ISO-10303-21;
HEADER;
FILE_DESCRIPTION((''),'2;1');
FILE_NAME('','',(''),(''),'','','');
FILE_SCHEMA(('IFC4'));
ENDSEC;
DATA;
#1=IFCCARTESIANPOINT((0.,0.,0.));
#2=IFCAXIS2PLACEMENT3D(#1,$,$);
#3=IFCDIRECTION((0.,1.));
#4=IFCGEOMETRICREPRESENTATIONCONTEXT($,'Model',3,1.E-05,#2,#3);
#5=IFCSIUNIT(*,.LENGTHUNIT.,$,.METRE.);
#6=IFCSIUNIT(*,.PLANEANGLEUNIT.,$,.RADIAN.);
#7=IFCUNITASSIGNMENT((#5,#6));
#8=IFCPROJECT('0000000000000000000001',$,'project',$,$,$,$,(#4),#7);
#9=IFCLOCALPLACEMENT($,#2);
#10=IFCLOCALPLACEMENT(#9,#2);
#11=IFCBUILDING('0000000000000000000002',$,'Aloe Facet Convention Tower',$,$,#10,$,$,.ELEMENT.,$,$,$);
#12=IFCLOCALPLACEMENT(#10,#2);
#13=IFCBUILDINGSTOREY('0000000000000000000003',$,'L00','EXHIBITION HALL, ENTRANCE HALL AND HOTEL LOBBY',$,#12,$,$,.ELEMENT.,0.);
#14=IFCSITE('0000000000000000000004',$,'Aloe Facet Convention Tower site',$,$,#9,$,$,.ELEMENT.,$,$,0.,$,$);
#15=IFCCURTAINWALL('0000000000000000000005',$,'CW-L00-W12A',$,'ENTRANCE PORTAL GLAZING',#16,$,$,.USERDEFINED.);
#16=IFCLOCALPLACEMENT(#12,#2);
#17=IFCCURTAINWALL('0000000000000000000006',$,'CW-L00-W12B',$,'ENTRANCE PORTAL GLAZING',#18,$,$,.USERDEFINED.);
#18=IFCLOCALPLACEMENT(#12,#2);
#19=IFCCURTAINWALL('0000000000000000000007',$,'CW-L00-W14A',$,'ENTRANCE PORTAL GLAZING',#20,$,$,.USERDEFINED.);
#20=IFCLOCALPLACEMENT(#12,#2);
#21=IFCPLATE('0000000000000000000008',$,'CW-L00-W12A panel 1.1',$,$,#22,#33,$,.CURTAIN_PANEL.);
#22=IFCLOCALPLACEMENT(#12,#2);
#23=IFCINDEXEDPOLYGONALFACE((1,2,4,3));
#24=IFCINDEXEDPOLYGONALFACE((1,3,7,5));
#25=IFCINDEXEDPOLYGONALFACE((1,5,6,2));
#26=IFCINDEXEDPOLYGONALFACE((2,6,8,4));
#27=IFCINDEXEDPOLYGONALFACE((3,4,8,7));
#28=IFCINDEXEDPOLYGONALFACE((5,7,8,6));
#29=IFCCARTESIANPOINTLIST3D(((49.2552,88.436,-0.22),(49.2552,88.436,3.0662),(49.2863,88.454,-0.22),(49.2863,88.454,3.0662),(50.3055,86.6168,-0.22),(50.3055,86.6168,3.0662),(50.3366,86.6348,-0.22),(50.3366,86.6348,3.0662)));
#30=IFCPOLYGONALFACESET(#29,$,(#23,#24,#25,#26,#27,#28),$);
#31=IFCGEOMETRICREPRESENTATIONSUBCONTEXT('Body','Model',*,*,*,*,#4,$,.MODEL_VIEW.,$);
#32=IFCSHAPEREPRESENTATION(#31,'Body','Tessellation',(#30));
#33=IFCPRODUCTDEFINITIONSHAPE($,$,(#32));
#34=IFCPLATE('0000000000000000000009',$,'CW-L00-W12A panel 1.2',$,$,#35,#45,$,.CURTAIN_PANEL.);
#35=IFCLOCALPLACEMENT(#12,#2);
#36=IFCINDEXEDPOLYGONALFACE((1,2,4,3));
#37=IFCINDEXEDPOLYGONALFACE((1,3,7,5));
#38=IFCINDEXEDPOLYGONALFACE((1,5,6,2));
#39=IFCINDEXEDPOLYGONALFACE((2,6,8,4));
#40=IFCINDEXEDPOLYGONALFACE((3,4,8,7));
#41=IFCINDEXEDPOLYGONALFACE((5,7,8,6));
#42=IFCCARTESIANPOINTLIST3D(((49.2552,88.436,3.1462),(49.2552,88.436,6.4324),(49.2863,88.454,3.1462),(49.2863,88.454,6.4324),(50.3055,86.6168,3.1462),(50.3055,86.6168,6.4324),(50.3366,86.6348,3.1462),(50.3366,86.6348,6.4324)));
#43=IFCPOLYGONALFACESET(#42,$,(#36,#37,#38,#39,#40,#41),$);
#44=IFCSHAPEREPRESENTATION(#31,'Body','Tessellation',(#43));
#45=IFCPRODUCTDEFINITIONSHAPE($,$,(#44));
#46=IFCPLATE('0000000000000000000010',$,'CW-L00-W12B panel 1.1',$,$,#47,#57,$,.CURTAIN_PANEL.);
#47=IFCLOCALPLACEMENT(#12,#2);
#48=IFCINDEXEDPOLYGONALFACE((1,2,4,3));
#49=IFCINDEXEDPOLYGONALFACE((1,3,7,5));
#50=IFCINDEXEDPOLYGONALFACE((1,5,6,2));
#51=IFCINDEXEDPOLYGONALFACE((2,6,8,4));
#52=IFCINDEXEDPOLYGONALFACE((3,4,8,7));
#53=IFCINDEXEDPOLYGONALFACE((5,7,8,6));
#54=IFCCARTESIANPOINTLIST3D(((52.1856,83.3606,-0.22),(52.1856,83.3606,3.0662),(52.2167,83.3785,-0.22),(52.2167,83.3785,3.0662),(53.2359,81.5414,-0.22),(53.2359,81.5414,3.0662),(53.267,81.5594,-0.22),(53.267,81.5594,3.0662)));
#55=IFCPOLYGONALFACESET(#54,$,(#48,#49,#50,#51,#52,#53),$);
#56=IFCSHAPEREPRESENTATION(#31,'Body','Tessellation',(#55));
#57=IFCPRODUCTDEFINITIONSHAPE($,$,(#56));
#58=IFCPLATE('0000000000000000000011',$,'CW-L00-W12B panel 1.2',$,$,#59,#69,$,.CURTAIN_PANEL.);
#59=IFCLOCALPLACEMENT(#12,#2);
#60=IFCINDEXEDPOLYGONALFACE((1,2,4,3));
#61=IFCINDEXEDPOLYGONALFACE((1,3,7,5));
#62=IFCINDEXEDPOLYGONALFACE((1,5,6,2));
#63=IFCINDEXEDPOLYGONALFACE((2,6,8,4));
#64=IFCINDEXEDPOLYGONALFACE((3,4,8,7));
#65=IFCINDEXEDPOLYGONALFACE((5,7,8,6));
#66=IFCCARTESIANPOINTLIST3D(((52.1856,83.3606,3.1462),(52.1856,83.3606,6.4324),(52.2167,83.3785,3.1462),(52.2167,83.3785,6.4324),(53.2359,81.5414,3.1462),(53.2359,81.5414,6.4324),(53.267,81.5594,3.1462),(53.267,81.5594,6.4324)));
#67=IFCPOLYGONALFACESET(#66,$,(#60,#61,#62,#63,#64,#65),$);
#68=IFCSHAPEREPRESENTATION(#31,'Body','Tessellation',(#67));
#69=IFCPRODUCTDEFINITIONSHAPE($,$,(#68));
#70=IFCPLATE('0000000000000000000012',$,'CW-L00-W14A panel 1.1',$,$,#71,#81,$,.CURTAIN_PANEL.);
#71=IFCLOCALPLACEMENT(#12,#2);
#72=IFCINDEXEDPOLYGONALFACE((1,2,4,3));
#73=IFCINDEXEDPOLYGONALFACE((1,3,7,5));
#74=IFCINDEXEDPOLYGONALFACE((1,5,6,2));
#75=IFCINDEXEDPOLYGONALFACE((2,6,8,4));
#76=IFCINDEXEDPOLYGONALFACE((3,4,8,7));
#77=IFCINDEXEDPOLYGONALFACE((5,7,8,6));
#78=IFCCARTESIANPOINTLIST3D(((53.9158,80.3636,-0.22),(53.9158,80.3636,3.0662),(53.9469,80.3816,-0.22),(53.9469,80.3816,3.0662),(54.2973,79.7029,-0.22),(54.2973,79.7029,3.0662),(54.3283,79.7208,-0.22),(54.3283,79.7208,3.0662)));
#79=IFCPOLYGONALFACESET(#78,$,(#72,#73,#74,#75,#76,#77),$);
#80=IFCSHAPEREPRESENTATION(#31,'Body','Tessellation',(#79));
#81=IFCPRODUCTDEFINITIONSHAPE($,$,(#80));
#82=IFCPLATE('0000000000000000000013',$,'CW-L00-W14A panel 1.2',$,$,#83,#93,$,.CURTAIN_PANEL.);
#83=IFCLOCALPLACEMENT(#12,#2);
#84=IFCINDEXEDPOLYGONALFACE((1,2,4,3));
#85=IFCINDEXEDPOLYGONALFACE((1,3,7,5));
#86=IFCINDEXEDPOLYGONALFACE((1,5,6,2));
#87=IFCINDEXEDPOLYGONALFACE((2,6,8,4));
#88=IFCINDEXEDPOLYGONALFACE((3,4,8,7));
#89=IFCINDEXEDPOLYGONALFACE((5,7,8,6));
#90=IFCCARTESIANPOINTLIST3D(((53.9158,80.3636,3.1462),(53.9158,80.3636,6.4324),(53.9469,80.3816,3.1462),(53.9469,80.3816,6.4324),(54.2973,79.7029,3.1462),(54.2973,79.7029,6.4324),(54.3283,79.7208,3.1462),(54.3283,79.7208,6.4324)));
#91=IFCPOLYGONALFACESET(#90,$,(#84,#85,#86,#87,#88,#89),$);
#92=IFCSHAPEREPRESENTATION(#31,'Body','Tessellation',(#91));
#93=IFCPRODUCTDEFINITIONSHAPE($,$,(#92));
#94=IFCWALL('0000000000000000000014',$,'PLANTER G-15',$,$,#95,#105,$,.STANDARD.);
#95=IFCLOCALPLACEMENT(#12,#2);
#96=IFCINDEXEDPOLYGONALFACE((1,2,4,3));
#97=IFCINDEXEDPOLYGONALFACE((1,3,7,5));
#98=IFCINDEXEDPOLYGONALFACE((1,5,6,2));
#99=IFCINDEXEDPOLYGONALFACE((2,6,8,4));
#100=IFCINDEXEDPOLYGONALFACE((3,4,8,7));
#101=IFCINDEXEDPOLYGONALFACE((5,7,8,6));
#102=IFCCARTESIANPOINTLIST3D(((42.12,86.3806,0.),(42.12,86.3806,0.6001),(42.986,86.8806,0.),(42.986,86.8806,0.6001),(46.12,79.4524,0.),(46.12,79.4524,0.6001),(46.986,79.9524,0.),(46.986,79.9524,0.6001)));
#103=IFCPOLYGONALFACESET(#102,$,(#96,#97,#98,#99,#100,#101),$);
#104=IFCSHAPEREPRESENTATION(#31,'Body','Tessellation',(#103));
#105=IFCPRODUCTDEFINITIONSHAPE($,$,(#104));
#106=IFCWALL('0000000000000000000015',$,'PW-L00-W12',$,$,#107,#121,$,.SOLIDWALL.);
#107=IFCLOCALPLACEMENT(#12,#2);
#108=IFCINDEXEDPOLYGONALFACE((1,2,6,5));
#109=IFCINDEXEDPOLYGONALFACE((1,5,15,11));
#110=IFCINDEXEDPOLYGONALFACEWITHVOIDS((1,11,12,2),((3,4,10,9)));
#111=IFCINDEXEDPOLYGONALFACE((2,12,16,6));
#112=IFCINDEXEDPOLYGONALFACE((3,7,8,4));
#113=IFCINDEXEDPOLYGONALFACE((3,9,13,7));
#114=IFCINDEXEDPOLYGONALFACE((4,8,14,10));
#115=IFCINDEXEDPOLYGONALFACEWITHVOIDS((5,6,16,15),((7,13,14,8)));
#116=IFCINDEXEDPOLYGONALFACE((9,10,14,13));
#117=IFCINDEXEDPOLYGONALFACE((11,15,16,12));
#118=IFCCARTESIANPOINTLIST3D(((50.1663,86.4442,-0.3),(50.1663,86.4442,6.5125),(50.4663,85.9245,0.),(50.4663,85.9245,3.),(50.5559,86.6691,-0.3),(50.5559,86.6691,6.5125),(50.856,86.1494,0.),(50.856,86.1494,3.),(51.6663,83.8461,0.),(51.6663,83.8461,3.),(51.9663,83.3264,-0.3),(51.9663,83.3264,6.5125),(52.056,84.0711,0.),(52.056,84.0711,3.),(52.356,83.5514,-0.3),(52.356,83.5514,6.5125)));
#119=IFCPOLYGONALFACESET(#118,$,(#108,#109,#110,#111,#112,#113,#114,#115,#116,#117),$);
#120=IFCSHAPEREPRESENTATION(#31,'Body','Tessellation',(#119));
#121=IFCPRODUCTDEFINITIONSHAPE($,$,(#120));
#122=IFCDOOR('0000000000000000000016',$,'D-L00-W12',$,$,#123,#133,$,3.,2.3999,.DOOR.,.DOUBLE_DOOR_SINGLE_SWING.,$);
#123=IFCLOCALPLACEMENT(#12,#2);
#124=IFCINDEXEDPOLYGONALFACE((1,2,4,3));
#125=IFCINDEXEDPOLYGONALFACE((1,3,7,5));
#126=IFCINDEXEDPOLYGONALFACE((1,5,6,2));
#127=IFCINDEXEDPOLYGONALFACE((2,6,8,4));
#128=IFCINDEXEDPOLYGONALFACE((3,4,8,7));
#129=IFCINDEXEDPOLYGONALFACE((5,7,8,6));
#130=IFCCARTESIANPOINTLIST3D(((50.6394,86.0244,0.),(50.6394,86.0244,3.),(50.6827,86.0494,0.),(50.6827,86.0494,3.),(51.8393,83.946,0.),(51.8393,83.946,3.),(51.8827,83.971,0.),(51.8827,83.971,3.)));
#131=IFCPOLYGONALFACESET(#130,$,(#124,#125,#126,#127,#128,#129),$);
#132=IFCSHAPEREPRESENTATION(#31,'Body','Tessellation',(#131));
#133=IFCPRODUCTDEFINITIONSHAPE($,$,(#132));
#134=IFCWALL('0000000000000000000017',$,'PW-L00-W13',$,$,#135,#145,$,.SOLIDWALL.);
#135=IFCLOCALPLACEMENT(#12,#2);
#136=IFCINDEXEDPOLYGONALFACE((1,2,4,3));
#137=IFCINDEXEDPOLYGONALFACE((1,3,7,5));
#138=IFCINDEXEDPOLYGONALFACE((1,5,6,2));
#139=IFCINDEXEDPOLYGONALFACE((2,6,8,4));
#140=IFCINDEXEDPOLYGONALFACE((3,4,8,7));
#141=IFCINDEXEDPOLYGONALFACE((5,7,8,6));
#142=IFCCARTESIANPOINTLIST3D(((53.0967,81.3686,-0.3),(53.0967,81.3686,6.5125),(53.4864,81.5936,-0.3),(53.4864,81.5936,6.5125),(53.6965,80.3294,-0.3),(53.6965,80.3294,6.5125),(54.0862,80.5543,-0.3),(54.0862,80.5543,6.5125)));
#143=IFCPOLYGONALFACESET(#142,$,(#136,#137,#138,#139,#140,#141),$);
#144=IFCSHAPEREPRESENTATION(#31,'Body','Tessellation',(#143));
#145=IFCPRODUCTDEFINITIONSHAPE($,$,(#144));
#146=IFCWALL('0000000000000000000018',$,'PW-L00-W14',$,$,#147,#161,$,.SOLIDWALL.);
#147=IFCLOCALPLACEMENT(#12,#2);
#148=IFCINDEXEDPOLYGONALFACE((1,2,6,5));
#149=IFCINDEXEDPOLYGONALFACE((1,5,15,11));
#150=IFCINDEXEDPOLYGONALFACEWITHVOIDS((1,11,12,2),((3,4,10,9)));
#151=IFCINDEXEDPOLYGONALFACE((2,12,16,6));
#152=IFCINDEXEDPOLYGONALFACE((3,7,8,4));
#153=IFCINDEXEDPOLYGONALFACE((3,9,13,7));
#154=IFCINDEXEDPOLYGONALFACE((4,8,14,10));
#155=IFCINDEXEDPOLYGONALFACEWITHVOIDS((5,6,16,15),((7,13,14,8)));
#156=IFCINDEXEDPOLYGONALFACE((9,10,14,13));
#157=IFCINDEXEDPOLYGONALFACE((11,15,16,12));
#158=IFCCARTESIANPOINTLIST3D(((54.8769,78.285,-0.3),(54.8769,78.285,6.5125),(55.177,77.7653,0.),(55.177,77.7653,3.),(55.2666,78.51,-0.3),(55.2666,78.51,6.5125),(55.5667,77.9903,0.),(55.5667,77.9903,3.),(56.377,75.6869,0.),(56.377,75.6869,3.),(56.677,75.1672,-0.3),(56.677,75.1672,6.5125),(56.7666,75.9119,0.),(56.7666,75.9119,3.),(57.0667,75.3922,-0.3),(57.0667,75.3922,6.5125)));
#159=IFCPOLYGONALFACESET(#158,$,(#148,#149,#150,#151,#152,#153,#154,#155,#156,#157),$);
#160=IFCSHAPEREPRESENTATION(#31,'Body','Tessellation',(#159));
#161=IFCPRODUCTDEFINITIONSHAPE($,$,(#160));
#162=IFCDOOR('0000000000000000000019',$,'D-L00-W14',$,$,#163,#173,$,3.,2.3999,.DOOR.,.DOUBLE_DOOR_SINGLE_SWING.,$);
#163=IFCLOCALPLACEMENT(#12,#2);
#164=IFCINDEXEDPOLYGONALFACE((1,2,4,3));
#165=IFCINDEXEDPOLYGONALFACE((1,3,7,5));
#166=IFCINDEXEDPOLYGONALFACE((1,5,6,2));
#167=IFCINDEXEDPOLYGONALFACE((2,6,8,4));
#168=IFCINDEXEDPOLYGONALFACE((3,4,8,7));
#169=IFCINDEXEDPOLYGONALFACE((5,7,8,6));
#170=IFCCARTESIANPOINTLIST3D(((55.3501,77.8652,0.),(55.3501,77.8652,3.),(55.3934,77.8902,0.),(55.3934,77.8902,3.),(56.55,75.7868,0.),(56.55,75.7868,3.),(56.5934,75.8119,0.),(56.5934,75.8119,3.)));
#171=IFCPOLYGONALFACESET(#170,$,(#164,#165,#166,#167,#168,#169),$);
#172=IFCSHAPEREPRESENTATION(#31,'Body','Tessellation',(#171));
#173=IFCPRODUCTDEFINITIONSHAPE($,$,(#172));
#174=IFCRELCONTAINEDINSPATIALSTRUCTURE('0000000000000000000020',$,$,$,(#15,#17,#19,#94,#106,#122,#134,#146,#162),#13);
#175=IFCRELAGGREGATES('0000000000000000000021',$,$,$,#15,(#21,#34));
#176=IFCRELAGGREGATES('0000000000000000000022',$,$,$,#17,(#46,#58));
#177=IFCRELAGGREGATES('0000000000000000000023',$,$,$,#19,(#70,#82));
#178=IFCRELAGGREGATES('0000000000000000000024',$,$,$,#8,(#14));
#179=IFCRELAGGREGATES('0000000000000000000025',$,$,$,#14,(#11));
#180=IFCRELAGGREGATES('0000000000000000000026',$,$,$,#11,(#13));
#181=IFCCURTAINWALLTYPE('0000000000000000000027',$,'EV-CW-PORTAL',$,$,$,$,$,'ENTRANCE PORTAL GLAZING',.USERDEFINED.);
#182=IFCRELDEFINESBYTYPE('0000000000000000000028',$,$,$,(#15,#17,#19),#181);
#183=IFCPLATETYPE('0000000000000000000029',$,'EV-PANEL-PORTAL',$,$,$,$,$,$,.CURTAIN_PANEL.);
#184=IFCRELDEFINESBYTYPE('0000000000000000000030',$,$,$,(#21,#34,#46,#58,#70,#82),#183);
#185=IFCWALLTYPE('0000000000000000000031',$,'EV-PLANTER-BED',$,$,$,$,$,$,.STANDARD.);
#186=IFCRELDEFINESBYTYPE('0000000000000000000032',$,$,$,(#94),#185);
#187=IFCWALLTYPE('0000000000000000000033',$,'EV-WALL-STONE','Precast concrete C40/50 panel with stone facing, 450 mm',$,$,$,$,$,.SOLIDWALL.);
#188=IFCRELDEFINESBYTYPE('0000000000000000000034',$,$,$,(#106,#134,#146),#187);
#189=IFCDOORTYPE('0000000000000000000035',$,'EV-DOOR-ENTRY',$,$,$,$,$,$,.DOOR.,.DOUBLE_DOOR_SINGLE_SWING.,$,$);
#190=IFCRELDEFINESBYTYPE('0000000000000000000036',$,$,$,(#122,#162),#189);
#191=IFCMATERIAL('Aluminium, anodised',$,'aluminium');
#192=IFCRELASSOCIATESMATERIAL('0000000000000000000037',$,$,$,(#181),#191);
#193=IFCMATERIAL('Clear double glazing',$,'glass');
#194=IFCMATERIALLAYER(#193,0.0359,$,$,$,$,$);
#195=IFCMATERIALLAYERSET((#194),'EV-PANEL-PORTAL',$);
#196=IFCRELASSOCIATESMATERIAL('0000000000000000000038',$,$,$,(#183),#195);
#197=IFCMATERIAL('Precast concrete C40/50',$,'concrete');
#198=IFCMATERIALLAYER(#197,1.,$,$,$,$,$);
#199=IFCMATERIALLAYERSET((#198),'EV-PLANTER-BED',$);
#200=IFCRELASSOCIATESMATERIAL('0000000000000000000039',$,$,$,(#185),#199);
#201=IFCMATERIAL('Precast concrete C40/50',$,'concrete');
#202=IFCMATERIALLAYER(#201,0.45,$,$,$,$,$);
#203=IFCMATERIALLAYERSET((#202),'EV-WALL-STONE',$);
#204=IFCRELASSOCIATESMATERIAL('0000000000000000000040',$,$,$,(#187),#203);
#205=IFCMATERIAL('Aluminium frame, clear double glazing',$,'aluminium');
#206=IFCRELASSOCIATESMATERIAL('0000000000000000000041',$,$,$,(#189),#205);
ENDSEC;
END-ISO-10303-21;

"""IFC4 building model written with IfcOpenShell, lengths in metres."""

from ifc_helpers import new_model, si_unit, direction, frame, frame_2d, origin, origin_2d, place, context, subcontext, project, spatial, rectangle, extrude, material, layer, layer_set, type_object, element, fill, aggregate, save


model = new_model("IFC4")

# Units and contexts
model_context = context("Model", 3, precision=1e-05, world=origin(), true_north=direction((0.0, 1.0)))
body_context = subcontext(model_context, "Body", "Model", "MODEL_VIEW")
ifc_project = project(units=[si_unit("LENGTHUNIT", "METRE"), si_unit("PLANEANGLEUNIT", "RADIAN")], contexts=[model_context])

# Site, building, storey
site_placement = place(None, origin())
site = spatial("IfcSite", under=ifc_project, at=site_placement, Name="Aloe Facet Convention Tower site", CompositionType="ELEMENT", RefElevation=0.0)
building_placement = place(site_placement, origin())
building = spatial("IfcBuilding", under=site, at=building_placement, Name="Aloe Facet Convention Tower", CompositionType="ELEMENT")
storey_placement = place(building_placement, origin())
storey = spatial("IfcBuildingStorey", under=building, at=storey_placement, Name="L00", Description="EXHIBITION HALL, ENTRANCE HALL AND HOTEL LOBBY", CompositionType="ELEMENT", Elevation=0.0)

# Curtain wall
ifc_material_1 = material(Name="Aluminium, anodised", Category="aluminium")
curtain_wall_type = type_object("IfcCurtainWallType", Name="EV-CW-PORTAL", ElementType="ENTRANCE PORTAL GLAZING", PredefinedType="USERDEFINED", material=ifc_material_1)
curtain_wall_1_placement = place(storey_placement, origin())
curtain_wall_1 = element("IfcCurtainWall", 1, at=curtain_wall_1_placement, inside=storey, type_object=curtain_wall_type, Name="CW-L00-W12A", ObjectType="ENTRANCE PORTAL GLAZING", PredefinedType="USERDEFINED")

# Curtain walls
curtain_wall_2_placement = place(storey_placement, origin())
curtain_wall_2 = element("IfcCurtainWall", 2, at=curtain_wall_2_placement, inside=storey, type_object=curtain_wall_type, Name="CW-L00-W12B", ObjectType="ENTRANCE PORTAL GLAZING", PredefinedType="USERDEFINED")
curtain_wall_3_placement = place(storey_placement, origin())
curtain_wall_3 = element("IfcCurtainWall", 3, at=curtain_wall_3_placement, inside=storey, type_object=curtain_wall_type, Name="CW-L00-W14A", ObjectType="ENTRANCE PORTAL GLAZING", PredefinedType="USERDEFINED")

# Plates
ifc_material_2 = material(Name="Clear double glazing", Category="glass")
ifc_layer_1 = layer(ifc_material_2, 0.0359)
ifc_layer_set_1 = layer_set([ifc_layer_1], Name="EV-PANEL-PORTAL")
plate_type = type_object("IfcPlateType", Name="EV-PANEL-PORTAL", PredefinedType="CURTAIN_PANEL", material=ifc_layer_set_1)
plate_1_placement = place(storey_placement, frame((49.7959, 87.5354, -0.22), z_axis=(0.0, 0.0, 1.0), x_axis=(0.5, -0.866025, 0.0)))
plate_1 = element("IfcPlate", 4, at=plate_1_placement, type_object=plate_type, Name="CW-L00-W12A panel 1.1", PredefinedType="CURTAIN_PANEL", context=body_context, shape_type="SweptSolid", body=[
    extrude(rectangle(XDim=2.1006, YDim=0.0359, at=origin_2d()), origin(), (0.0, 0.0, 1.0), 3.2861),
])
plate_2_placement = place(storey_placement, frame((49.7959, 87.5354, 3.1462), z_axis=(0.0, 0.0, 1.0), x_axis=(0.5, -0.866025, 0.0)))
plate_2 = element("IfcPlate", 5, at=plate_2_placement, type_object=plate_type, Name="CW-L00-W12A panel 1.2", PredefinedType="CURTAIN_PANEL", context=body_context, shape_type="SweptSolid", body=[
    extrude(rectangle(XDim=2.1006, YDim=0.0359, at=origin_2d()), origin(), (0.0, 0.0, 1.0), 3.2861),
])
aggregate(curtain_wall_1, [plate_1, plate_2])
plate_3_placement = place(storey_placement, frame((52.7263, 82.46, -0.22), z_axis=(0.0, 0.0, 1.0), x_axis=(0.5, -0.866025, 0.0)))
plate_3 = element("IfcPlate", 6, at=plate_3_placement, type_object=plate_type, Name="CW-L00-W12B panel 1.1", PredefinedType="CURTAIN_PANEL", context=body_context, shape_type="SweptSolid", body=[
    extrude(rectangle(XDim=2.1006, YDim=0.0359, at=origin_2d()), origin(), (0.0, 0.0, 1.0), 3.2861),
])
plate_4_placement = place(storey_placement, frame((52.7263, 82.46, 3.1462), z_axis=(0.0, 0.0, 1.0), x_axis=(0.5, -0.866025, 0.0)))
plate_4 = element("IfcPlate", 7, at=plate_4_placement, type_object=plate_type, Name="CW-L00-W12B panel 1.2", PredefinedType="CURTAIN_PANEL", context=body_context, shape_type="SweptSolid", body=[
    extrude(rectangle(XDim=2.1006, YDim=0.0359, at=origin_2d()), origin(), (0.0, 0.0, 1.0), 3.2861),
])
aggregate(curtain_wall_2, [plate_3, plate_4])
plate_5_placement = place(storey_placement, frame((54.1221, 80.0422, -0.22), z_axis=(0.0, 0.0, 1.0), x_axis=(0.5, -0.866025, 0.0)))
plate_5 = element("IfcPlate", 8, at=plate_5_placement, type_object=plate_type, Name="CW-L00-W14A panel 1.1", PredefinedType="CURTAIN_PANEL", context=body_context, shape_type="SweptSolid", body=[
    extrude(rectangle(XDim=0.7629, YDim=0.0359, at=origin_2d()), origin(), (0.0, 0.0, 1.0), 3.2861),
])
plate_6_placement = place(storey_placement, frame((54.1221, 80.0422, 3.1462), z_axis=(0.0, 0.0, 1.0), x_axis=(0.5, -0.866025, 0.0)))
plate_6 = element("IfcPlate", 9, at=plate_6_placement, type_object=plate_type, Name="CW-L00-W14A panel 1.2", PredefinedType="CURTAIN_PANEL", context=body_context, shape_type="SweptSolid", body=[
    extrude(rectangle(XDim=0.7629, YDim=0.0359, at=origin_2d()), origin(), (0.0, 0.0, 1.0), 3.2861),
])
aggregate(curtain_wall_3, [plate_5, plate_6])

# Wall
ifc_material_3 = material(Name="Precast concrete C40/50", Category="concrete")
ifc_layer_2 = layer(ifc_material_3, 1.0)
ifc_layer_set_2 = layer_set([ifc_layer_2], Name="EV-PLANTER-BED")
wall_type_1 = type_object("IfcWallType", Name="EV-PLANTER-BED", PredefinedType="STANDARD", material=ifc_layer_set_2)
wall_1_placement = place(storey_placement, frame((46.553, 79.7024, 0.0), z_axis=(0.0, 0.0, 1.0), x_axis=(-0.499999, 0.866026, 0.0)))
element("IfcWall", 10, at=wall_1_placement, inside=storey, type_object=wall_type_1, Name="PLANTER G-15", PredefinedType="STANDARD", context=body_context, shape_type="SweptSolid", body=[
    extrude(rectangle(XDim=8.0, YDim=1.0, at=frame_2d((4.0, 0.0))), origin(), (0.0, 0.0, 1.0), 0.6001),
])

# Wall, opening, door
ifc_material_4 = material(Name="Precast concrete C40/50", Category="concrete")
ifc_layer_3 = layer(ifc_material_4, 0.45)
ifc_layer_set_3 = layer_set([ifc_layer_3], Name="EV-WALL-STONE")
wall_type_2 = type_object("IfcWallType", Name="EV-WALL-STONE", Description="Precast concrete C40/50 panel with stone facing, 450 mm", PredefinedType="SOLIDWALL", material=ifc_layer_set_3)
wall_2_placement = place(storey_placement, frame((50.3611, 86.5566, -0.3), z_axis=(0.0, 0.0, 1.0), x_axis=(0.500012, -0.866018, 0.0)))
wall_2 = element("IfcWall", 11, at=wall_2_placement, inside=storey, type_object=wall_type_2, Name="PW-L00-W12", PredefinedType="SOLIDWALL", context=body_context, shape_type="SweptSolid", body=[
    extrude(rectangle(XDim=3.6001, YDim=0.45, at=frame_2d((1.8, 0.0))), origin(), (0.0, 0.0, 1.0), 6.8125),
])
opening_1_placement = place(wall_2_placement, frame((0.6001, 0.0, 0.3)))
opening_1 = element("IfcOpeningElement", 12, at=opening_1_placement, cuts=wall_2, PredefinedType="OPENING", context=body_context, shape_type="SweptSolid", body=[
    extrude(rectangle(XDim=2.3999, YDim=3.0, at=frame_2d((1.2, 1.5))), frame((0.0, 0.2349, 0.0), z_axis=(0.0, -1.0, 0.0), x_axis=(1.0, 0.0, 0.0)), (0.0, 0.0, 1.0), 0.47),
])
ifc_material_5 = material(Name="Aluminium frame, clear double glazing", Category="aluminium")
door_type = type_object("IfcDoorType", Name="EV-DOOR-ENTRY", OperationType="DOUBLE_DOOR_SINGLE_SWING", PredefinedType="DOOR", material=ifc_material_5)
door_1_placement = place(opening_1_placement, origin())
door_1 = element("IfcDoor", 13, at=door_1_placement, inside=storey, type_object=door_type, Name="D-L00-W12", OperationType="DOUBLE_DOOR_SINGLE_SWING", OverallHeight=3.0, OverallWidth=2.3999, PredefinedType="DOOR", context=body_context, shape_type="SweptSolid", body=[
    extrude(rectangle(XDim=2.3999, YDim=3.0, at=frame_2d((1.2, 1.5))), frame((0.0, 0.0249, 0.0), z_axis=(0.0, -1.0, 0.0), x_axis=(1.0, 0.0, 0.0)), (0.0, 0.0, 1.0), 0.05),
])
fill(opening_1, door_1)

# Wall
wall_3_placement = place(storey_placement, frame((53.2915, 81.4812, -0.3), z_axis=(0.0, 0.0, 1.0), x_axis=(0.499881, -0.866094, 0.0)))
element("IfcWall", 14, at=wall_3_placement, inside=storey, type_object=wall_type_2, Name="PW-L00-W13", PredefinedType="SOLIDWALL", context=body_context, shape_type="SweptSolid", body=[
    extrude(rectangle(XDim=1.2, YDim=0.45, at=frame_2d((0.6001, 0.0))), origin(), (0.0, 0.0, 1.0), 6.8125),
])

# Wall, opening, door
wall_4_placement = place(storey_placement, frame((55.0718, 78.3975, -0.3), z_axis=(0.0, 0.0, 1.0), x_axis=(0.500012, -0.866018, 0.0)))
wall_4 = element("IfcWall", 15, at=wall_4_placement, inside=storey, type_object=wall_type_2, Name="PW-L00-W14", PredefinedType="SOLIDWALL", context=body_context, shape_type="SweptSolid", body=[
    extrude(rectangle(XDim=3.6001, YDim=0.45, at=frame_2d((1.8, 0.0))), origin(), (0.0, 0.0, 1.0), 6.8125),
])
opening_2_placement = place(wall_4_placement, frame((0.6001, 0.0, 0.3)))
opening_2 = element("IfcOpeningElement", 16, at=opening_2_placement, cuts=wall_4, PredefinedType="OPENING", context=body_context, shape_type="SweptSolid", body=[
    extrude(rectangle(XDim=2.3999, YDim=3.0, at=frame_2d((1.2, 1.5))), frame((0.0, 0.2349, 0.0), z_axis=(0.0, -1.0, 0.0), x_axis=(1.0, 0.0, 0.0)), (0.0, 0.0, 1.0), 0.47),
])
door_2_placement = place(opening_2_placement, origin())
door_2 = element("IfcDoor", 17, at=door_2_placement, inside=storey, type_object=door_type, Name="D-L00-W14", OperationType="DOUBLE_DOOR_SINGLE_SWING", OverallHeight=3.0, OverallWidth=2.3999, PredefinedType="DOOR", context=body_context, shape_type="SweptSolid", body=[
    extrude(rectangle(XDim=2.3999, YDim=3.0, at=frame_2d((1.2, 1.5))), frame((0.0, 0.0249, 0.0), z_axis=(0.0, -1.0, 0.0), x_axis=(1.0, 0.0, 0.0)), (0.0, 0.0, 1.0), 0.05),
])
fill(opening_2, door_2)

save(model, "model.ifc")
